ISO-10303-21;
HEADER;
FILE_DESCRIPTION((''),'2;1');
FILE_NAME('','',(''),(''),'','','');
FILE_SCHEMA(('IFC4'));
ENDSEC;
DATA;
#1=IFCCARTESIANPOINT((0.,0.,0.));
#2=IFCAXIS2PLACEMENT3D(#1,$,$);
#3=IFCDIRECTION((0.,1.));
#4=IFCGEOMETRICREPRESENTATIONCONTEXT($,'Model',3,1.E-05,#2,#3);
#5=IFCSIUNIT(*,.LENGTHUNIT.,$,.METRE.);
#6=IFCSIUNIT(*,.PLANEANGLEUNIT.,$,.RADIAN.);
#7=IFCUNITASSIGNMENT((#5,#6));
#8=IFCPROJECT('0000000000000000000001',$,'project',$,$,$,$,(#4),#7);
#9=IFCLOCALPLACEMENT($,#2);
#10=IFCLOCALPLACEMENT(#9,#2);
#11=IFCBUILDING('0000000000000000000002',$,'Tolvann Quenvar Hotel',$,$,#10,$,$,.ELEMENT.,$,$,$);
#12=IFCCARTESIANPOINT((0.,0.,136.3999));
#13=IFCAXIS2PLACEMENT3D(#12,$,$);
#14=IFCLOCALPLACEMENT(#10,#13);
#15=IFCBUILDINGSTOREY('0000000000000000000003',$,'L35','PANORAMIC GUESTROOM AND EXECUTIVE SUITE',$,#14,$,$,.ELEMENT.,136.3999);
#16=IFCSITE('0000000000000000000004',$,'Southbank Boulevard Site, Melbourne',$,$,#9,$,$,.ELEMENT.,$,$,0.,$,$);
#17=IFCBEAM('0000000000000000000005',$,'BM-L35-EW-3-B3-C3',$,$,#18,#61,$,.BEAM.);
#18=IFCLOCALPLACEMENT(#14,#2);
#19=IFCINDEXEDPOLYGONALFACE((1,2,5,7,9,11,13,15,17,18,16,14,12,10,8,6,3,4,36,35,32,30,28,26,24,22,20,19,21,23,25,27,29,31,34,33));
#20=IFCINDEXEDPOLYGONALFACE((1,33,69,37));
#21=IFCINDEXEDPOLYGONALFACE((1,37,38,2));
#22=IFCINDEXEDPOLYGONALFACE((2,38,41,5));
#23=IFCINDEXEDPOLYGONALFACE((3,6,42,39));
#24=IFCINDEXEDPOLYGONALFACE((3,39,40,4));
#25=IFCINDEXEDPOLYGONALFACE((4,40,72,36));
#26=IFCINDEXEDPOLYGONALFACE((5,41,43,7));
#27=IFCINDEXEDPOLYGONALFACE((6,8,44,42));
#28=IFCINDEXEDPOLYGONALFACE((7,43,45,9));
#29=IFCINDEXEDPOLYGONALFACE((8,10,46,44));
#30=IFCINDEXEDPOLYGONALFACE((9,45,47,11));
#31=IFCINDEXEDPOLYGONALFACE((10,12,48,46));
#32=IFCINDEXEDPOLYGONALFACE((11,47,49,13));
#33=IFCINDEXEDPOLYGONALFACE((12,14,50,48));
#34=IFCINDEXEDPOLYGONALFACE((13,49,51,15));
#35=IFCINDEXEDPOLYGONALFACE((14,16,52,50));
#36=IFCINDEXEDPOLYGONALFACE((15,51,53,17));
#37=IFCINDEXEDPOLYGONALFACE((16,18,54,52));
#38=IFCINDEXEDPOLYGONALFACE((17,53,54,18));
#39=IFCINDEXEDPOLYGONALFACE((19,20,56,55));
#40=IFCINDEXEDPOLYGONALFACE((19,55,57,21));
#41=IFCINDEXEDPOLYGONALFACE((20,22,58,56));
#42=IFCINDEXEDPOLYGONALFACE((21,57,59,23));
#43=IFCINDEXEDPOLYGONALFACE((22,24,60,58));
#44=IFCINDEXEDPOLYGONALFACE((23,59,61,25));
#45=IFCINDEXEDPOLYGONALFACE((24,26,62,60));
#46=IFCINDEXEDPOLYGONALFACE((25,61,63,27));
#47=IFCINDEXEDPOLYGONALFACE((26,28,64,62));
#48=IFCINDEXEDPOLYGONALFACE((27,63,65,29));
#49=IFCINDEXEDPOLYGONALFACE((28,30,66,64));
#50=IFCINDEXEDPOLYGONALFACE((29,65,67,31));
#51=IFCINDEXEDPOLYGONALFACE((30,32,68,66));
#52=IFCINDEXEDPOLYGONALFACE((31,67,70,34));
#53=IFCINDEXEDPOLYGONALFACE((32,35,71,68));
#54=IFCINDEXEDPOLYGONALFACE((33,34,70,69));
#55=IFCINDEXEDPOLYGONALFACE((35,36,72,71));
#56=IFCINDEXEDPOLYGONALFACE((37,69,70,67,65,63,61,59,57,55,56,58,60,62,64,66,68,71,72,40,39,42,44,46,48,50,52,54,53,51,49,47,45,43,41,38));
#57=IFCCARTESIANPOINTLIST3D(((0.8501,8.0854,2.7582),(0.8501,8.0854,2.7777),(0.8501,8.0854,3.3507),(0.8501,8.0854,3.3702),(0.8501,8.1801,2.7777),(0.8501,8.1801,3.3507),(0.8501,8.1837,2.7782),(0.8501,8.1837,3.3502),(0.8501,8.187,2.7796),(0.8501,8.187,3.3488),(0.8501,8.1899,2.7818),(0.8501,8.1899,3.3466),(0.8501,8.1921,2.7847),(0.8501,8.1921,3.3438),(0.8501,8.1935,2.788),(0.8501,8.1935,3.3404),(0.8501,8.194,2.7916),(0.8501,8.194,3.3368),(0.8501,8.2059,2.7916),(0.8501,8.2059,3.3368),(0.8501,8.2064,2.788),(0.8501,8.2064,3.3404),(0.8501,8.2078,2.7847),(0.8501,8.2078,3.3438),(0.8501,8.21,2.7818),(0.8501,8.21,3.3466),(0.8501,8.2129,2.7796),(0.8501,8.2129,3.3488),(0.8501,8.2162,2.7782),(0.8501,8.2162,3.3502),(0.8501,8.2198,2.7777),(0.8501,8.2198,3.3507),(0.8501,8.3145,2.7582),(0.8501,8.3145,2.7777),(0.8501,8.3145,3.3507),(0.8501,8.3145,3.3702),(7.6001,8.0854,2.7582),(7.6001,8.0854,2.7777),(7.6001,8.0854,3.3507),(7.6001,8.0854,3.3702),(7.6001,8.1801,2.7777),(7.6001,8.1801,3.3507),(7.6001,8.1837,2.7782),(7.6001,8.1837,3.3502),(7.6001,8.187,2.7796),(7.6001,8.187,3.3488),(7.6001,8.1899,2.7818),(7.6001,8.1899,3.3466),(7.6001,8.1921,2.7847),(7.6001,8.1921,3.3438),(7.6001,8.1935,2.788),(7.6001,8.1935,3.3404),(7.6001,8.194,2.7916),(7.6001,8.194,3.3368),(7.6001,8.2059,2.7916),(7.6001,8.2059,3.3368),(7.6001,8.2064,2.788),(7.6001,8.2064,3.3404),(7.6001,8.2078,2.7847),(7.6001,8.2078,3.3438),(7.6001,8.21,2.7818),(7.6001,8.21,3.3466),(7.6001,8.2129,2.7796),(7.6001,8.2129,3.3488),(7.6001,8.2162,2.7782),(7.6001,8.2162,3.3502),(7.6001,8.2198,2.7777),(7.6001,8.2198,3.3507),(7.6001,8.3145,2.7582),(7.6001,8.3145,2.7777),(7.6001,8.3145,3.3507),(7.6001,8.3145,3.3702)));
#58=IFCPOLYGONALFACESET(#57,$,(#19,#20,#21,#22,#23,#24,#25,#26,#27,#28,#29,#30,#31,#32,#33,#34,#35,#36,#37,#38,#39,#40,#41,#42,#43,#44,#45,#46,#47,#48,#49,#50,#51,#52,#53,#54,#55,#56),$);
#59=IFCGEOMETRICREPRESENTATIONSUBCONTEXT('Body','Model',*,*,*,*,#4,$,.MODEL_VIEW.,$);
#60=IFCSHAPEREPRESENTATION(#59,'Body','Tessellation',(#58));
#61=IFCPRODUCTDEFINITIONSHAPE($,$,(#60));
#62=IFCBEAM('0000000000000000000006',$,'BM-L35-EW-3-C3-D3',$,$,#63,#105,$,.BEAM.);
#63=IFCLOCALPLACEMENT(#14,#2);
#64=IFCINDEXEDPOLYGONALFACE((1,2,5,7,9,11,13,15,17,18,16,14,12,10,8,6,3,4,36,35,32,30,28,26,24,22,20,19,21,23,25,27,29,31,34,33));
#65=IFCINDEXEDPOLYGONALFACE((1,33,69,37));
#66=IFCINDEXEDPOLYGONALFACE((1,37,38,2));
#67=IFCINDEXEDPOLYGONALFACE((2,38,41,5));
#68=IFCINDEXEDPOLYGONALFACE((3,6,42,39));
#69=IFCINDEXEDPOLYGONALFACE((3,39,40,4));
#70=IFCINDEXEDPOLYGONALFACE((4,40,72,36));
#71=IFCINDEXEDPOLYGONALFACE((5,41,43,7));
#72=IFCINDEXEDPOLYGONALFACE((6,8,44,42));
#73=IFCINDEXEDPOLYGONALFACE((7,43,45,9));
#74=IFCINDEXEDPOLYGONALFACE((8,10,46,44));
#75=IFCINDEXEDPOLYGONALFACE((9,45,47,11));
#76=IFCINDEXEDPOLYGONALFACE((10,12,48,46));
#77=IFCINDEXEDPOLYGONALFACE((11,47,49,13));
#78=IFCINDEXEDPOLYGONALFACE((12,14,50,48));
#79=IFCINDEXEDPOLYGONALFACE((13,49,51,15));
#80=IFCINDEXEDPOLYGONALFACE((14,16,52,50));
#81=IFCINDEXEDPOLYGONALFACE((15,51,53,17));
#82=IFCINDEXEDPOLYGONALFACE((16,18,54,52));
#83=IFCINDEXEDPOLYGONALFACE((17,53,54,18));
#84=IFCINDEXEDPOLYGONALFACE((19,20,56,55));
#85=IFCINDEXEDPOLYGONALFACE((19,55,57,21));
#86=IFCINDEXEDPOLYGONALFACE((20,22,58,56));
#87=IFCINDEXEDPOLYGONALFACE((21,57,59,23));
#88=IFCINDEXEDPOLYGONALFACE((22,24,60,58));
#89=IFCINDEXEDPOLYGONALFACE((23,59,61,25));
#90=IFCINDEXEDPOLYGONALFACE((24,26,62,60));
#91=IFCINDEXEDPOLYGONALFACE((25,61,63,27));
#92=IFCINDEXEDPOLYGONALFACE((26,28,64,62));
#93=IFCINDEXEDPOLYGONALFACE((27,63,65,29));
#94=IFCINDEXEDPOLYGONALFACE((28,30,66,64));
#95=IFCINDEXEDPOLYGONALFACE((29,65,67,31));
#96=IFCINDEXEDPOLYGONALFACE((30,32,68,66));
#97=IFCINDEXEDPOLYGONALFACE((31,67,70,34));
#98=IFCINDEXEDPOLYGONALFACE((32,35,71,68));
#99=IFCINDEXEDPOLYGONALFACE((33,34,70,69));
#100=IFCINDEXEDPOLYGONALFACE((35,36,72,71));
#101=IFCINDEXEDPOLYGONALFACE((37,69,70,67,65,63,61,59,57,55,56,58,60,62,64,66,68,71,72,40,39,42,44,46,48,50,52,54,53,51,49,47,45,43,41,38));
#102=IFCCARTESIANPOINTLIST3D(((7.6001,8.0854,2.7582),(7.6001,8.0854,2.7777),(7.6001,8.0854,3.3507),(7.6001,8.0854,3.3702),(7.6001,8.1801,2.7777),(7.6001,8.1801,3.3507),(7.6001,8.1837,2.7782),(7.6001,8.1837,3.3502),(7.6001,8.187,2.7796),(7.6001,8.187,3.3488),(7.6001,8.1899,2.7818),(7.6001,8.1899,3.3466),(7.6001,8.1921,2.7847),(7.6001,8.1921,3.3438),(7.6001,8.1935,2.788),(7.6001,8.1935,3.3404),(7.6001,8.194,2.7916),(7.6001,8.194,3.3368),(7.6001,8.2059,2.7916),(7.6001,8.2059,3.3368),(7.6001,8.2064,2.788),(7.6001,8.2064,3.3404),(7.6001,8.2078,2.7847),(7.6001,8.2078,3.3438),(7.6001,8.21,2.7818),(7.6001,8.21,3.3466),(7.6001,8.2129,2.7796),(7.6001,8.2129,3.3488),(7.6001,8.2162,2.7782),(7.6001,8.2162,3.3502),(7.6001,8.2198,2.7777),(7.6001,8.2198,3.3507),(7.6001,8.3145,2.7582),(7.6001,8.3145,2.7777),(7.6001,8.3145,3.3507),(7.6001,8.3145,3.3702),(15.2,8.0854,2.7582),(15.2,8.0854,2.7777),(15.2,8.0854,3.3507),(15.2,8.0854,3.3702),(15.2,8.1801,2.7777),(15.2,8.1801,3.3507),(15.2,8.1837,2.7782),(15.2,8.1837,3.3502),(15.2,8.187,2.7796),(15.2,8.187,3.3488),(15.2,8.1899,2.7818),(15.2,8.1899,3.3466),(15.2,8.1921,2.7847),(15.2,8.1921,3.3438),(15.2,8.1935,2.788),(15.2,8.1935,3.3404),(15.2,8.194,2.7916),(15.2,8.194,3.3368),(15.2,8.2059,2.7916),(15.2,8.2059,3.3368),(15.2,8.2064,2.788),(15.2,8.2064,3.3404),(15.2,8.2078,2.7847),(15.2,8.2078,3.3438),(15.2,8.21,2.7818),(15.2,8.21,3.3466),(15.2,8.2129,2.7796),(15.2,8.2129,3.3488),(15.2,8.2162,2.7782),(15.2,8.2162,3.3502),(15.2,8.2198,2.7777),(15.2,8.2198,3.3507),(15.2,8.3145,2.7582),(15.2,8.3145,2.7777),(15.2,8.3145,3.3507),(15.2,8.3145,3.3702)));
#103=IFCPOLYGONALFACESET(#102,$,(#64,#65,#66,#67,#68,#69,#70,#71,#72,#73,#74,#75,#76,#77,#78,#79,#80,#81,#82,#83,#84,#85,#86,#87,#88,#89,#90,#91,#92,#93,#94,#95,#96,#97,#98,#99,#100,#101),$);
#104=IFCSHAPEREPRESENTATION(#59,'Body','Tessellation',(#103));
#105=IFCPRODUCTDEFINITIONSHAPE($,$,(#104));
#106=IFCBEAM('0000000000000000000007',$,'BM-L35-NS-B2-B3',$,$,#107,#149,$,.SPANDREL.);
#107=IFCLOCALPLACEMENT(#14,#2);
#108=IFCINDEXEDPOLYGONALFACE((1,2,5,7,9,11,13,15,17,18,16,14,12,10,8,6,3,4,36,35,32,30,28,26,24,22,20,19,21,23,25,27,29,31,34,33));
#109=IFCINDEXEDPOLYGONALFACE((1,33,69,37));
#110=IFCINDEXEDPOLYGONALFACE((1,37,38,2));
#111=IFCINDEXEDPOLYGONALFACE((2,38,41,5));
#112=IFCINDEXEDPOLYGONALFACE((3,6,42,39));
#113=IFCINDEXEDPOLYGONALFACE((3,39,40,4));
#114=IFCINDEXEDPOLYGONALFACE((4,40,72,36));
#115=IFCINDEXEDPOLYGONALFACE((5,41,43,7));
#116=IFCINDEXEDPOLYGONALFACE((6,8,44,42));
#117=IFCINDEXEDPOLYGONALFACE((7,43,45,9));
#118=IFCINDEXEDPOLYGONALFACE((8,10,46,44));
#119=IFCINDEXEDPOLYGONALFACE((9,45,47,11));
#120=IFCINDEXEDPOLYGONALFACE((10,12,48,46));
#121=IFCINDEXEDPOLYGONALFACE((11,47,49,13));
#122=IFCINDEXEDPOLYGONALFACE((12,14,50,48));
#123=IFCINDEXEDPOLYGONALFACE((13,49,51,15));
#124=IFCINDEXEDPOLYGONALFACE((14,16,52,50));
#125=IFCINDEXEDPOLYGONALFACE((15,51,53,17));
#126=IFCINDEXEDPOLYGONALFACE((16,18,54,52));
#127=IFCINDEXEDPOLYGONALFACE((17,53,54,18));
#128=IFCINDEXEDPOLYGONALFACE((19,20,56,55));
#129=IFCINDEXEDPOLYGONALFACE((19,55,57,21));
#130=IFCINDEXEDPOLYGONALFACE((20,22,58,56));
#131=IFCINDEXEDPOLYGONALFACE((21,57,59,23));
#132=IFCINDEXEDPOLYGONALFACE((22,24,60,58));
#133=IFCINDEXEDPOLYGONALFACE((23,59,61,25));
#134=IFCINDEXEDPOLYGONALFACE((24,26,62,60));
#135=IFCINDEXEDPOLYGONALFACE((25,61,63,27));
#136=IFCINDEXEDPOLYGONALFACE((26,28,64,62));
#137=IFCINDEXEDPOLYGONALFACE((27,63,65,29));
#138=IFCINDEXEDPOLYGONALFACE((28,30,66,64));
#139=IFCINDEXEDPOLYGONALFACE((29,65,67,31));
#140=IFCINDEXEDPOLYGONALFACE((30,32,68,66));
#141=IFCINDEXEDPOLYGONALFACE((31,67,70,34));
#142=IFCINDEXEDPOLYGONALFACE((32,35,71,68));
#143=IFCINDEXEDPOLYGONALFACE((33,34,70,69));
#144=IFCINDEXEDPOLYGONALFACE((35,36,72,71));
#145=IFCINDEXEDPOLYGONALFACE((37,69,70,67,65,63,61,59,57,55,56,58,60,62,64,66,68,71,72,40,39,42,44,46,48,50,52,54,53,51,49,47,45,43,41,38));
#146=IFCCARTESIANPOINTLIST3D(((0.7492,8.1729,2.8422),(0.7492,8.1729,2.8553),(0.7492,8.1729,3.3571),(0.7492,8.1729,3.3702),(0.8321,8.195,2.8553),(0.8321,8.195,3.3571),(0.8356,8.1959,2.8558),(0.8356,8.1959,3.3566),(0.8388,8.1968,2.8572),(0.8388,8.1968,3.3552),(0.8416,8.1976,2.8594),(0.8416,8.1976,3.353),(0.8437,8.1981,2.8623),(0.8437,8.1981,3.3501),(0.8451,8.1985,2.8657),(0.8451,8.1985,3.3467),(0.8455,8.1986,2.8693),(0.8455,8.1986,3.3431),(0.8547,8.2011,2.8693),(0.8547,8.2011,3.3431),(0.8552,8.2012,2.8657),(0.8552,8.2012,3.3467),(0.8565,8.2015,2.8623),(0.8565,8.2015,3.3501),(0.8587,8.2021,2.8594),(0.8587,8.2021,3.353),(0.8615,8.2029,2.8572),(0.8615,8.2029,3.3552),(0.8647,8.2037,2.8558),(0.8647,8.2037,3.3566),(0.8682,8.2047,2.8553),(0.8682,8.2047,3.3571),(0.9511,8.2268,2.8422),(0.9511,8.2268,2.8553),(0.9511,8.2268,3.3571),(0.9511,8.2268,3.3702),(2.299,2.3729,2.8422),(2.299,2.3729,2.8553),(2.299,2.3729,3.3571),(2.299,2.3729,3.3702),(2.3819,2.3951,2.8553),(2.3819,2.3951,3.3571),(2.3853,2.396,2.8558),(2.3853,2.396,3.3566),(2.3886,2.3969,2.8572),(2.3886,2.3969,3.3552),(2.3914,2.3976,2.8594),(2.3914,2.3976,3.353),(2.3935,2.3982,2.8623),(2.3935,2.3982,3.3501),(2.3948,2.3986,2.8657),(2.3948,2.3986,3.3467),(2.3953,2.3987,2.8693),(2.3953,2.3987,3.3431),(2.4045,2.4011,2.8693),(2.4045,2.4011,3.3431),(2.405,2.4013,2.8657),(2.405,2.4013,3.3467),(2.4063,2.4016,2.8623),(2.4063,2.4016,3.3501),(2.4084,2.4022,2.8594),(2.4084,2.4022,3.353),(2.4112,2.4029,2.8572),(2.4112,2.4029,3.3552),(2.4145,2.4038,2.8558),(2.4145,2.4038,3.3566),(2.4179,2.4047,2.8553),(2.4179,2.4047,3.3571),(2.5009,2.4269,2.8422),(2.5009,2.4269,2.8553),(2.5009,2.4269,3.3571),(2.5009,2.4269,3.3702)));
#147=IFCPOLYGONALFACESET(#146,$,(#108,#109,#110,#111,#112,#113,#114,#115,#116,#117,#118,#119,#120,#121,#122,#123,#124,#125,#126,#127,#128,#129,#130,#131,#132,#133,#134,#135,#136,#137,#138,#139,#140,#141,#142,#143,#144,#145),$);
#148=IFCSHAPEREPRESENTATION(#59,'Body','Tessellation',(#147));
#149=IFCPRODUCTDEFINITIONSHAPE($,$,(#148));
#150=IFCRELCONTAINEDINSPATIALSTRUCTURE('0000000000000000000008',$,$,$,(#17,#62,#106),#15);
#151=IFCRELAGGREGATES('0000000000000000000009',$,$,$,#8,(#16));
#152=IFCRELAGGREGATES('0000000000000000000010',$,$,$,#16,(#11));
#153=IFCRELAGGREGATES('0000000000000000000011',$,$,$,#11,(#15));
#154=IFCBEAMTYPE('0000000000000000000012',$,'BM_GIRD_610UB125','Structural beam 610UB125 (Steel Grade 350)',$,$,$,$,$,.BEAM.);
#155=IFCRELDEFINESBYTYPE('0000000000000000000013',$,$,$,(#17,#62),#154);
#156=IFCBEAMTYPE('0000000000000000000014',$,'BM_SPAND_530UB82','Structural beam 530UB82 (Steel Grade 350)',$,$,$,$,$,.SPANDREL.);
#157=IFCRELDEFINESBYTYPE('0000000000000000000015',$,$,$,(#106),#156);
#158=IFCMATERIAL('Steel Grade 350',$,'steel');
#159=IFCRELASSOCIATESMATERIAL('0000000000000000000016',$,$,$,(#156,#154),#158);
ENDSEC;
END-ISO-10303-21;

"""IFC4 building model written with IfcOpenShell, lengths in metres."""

from ifc_helpers import new_model, si_unit, direction, frame, origin, origin_2d, place, context, subcontext, project, spatial, i_section, extrude, source, transform, mapped, material, material_profile, profile_set, type_object, type_shapes, element, save


model = new_model("IFC4")

# Units and contexts
model_context = context("Model", 3, precision=1e-05, world=origin(), true_north=direction((0.0, 1.0)))
body_context = subcontext(model_context, "Body", "Model", "MODEL_VIEW")
ifc_project = project(units=[si_unit("LENGTHUNIT", "METRE"), si_unit("PLANEANGLEUNIT", "RADIAN")], contexts=[model_context])

# Site, building, storey
site_placement = place(None, origin())
site = spatial("IfcSite", under=ifc_project, at=site_placement, Name="Southbank Boulevard Site, Melbourne", CompositionType="ELEMENT", RefElevation=0.0)
building_placement = place(site_placement, origin())
building = spatial("IfcBuilding", under=site, at=building_placement, Name="Tolvann Quenvar Hotel", CompositionType="ELEMENT")
storey_placement = place(building_placement, frame((0.0, 0.0, 136.3999)))
storey = spatial("IfcBuildingStorey", under=building, at=storey_placement, Name="L35", Description="PANORAMIC GUESTROOM AND EXECUTIVE SUITE", CompositionType="ELEMENT", Elevation=136.3999)

# Shared definitions
ifc_material_1 = material(Name="Steel Grade 350", Category="steel")

# Beams
ifc_material_profile_1 = material_profile(ifc_material_1, i_section(OverallWidth=0.209, OverallDepth=0.5281, WebThickness=0.0095, FlangeThickness=0.0132, FilletRadius=0.0139, at=origin_2d()), Name="530UB82")
ifc_profile_set_1 = profile_set([ifc_material_profile_1], Name="Steel Grade 350")
beam_type_1 = type_object("IfcBeamType", Name="BM_SPAND_530UB82", Description="Structural beam 530UB82 (Steel Grade 350)", PredefinedType="SPANDREL", material=ifc_profile_set_1)
ifc_material_profile_2 = material_profile(ifc_material_1, i_section(OverallWidth=0.229, OverallDepth=0.6121, WebThickness=0.012, FlangeThickness=0.0195, FilletRadius=0.0139, at=origin_2d()), Name="610UB125")
ifc_profile_set_2 = profile_set([ifc_material_profile_2], Name="Steel Grade 350")
beam_type_2 = type_object("IfcBeamType", Name="BM_GIRD_610UB125", Description="Structural beam 610UB125 (Steel Grade 350)", PredefinedType="BEAM", material=ifc_profile_set_2)
shared_shape_1 = source(origin(), body_context, "Body", "SweptSolid", [
    extrude(i_section(OverallWidth=0.229, OverallDepth=0.6121, WebThickness=0.012, FlangeThickness=0.0195, FilletRadius=0.0139, at=origin_2d()), origin(), (0.0, 0.0, 1.0), 6.75),
])
beam_1_placement = place(storey_placement, frame((0.8501, 8.2, 3.0642), z_axis=(1.0, 0.0, 0.0), x_axis=(0.0, 1.0, 0.0)))
element("IfcBeam", 1, at=beam_1_placement, inside=storey, type_object=beam_type_2, Name="BM-L35-EW-3-B3-C3", PredefinedType="BEAM", context=body_context, shape_type="MappedRepresentation", body=[
    mapped(shared_shape_1, transform((0.0, 0.0, 0.0), x_axis=(1.0, 0.0, 0.0), y_axis=(0.0, 1.0, 0.0), z_axis=(0.0, 0.0, 1.0), scale=1.0)),
])
shared_shape_2 = source(origin(), body_context, "Body", "SweptSolid", [
    extrude(i_section(OverallWidth=0.229, OverallDepth=0.6121, WebThickness=0.012, FlangeThickness=0.0195, FilletRadius=0.0139, at=origin_2d()), origin(), (0.0, 0.0, 1.0), 7.5999),
])
type_shapes(beam_type_2, [shared_shape_1, shared_shape_2])
beam_2_placement = place(storey_placement, frame((7.6001, 8.2, 3.0642), z_axis=(1.0, 0.0, 0.0), x_axis=(0.0, 1.0, 0.0)))
element("IfcBeam", 2, at=beam_2_placement, inside=storey, type_object=beam_type_2, Name="BM-L35-EW-3-C3-D3", PredefinedType="BEAM", context=body_context, shape_type="MappedRepresentation", body=[
    mapped(shared_shape_2, transform((0.0, 0.0, 0.0), x_axis=(1.0, 0.0, 0.0), y_axis=(0.0, 1.0, 0.0), z_axis=(0.0, 0.0, 1.0), scale=1.0)),
])
shared_shape_3 = source(origin(), body_context, "Body", "SweptSolid", [
    extrude(i_section(OverallWidth=0.209, OverallDepth=0.5281, WebThickness=0.0095, FlangeThickness=0.0132, FilletRadius=0.0139, at=origin_2d()), origin(), (0.0, 0.0, 1.0), 6.0034),
])
beam_3_placement = place(storey_placement, frame((2.3999, 2.3999, 3.1062), z_axis=(-0.258149, 0.966105, 0.0), x_axis=(-0.966105, -0.258149, 0.0)))
element("IfcBeam", 3, at=beam_3_placement, inside=storey, type_object=beam_type_1, Name="BM-L35-NS-B2-B3", PredefinedType="SPANDREL", context=body_context, shape_type="MappedRepresentation", body=[
    mapped(shared_shape_3, transform((0.0, 0.0, 0.0), x_axis=(1.0, 0.0, 0.0), y_axis=(0.0, 1.0, 0.0), z_axis=(0.0, 0.0, 1.0), scale=1.0)),
])

save(model, "model.ifc")
